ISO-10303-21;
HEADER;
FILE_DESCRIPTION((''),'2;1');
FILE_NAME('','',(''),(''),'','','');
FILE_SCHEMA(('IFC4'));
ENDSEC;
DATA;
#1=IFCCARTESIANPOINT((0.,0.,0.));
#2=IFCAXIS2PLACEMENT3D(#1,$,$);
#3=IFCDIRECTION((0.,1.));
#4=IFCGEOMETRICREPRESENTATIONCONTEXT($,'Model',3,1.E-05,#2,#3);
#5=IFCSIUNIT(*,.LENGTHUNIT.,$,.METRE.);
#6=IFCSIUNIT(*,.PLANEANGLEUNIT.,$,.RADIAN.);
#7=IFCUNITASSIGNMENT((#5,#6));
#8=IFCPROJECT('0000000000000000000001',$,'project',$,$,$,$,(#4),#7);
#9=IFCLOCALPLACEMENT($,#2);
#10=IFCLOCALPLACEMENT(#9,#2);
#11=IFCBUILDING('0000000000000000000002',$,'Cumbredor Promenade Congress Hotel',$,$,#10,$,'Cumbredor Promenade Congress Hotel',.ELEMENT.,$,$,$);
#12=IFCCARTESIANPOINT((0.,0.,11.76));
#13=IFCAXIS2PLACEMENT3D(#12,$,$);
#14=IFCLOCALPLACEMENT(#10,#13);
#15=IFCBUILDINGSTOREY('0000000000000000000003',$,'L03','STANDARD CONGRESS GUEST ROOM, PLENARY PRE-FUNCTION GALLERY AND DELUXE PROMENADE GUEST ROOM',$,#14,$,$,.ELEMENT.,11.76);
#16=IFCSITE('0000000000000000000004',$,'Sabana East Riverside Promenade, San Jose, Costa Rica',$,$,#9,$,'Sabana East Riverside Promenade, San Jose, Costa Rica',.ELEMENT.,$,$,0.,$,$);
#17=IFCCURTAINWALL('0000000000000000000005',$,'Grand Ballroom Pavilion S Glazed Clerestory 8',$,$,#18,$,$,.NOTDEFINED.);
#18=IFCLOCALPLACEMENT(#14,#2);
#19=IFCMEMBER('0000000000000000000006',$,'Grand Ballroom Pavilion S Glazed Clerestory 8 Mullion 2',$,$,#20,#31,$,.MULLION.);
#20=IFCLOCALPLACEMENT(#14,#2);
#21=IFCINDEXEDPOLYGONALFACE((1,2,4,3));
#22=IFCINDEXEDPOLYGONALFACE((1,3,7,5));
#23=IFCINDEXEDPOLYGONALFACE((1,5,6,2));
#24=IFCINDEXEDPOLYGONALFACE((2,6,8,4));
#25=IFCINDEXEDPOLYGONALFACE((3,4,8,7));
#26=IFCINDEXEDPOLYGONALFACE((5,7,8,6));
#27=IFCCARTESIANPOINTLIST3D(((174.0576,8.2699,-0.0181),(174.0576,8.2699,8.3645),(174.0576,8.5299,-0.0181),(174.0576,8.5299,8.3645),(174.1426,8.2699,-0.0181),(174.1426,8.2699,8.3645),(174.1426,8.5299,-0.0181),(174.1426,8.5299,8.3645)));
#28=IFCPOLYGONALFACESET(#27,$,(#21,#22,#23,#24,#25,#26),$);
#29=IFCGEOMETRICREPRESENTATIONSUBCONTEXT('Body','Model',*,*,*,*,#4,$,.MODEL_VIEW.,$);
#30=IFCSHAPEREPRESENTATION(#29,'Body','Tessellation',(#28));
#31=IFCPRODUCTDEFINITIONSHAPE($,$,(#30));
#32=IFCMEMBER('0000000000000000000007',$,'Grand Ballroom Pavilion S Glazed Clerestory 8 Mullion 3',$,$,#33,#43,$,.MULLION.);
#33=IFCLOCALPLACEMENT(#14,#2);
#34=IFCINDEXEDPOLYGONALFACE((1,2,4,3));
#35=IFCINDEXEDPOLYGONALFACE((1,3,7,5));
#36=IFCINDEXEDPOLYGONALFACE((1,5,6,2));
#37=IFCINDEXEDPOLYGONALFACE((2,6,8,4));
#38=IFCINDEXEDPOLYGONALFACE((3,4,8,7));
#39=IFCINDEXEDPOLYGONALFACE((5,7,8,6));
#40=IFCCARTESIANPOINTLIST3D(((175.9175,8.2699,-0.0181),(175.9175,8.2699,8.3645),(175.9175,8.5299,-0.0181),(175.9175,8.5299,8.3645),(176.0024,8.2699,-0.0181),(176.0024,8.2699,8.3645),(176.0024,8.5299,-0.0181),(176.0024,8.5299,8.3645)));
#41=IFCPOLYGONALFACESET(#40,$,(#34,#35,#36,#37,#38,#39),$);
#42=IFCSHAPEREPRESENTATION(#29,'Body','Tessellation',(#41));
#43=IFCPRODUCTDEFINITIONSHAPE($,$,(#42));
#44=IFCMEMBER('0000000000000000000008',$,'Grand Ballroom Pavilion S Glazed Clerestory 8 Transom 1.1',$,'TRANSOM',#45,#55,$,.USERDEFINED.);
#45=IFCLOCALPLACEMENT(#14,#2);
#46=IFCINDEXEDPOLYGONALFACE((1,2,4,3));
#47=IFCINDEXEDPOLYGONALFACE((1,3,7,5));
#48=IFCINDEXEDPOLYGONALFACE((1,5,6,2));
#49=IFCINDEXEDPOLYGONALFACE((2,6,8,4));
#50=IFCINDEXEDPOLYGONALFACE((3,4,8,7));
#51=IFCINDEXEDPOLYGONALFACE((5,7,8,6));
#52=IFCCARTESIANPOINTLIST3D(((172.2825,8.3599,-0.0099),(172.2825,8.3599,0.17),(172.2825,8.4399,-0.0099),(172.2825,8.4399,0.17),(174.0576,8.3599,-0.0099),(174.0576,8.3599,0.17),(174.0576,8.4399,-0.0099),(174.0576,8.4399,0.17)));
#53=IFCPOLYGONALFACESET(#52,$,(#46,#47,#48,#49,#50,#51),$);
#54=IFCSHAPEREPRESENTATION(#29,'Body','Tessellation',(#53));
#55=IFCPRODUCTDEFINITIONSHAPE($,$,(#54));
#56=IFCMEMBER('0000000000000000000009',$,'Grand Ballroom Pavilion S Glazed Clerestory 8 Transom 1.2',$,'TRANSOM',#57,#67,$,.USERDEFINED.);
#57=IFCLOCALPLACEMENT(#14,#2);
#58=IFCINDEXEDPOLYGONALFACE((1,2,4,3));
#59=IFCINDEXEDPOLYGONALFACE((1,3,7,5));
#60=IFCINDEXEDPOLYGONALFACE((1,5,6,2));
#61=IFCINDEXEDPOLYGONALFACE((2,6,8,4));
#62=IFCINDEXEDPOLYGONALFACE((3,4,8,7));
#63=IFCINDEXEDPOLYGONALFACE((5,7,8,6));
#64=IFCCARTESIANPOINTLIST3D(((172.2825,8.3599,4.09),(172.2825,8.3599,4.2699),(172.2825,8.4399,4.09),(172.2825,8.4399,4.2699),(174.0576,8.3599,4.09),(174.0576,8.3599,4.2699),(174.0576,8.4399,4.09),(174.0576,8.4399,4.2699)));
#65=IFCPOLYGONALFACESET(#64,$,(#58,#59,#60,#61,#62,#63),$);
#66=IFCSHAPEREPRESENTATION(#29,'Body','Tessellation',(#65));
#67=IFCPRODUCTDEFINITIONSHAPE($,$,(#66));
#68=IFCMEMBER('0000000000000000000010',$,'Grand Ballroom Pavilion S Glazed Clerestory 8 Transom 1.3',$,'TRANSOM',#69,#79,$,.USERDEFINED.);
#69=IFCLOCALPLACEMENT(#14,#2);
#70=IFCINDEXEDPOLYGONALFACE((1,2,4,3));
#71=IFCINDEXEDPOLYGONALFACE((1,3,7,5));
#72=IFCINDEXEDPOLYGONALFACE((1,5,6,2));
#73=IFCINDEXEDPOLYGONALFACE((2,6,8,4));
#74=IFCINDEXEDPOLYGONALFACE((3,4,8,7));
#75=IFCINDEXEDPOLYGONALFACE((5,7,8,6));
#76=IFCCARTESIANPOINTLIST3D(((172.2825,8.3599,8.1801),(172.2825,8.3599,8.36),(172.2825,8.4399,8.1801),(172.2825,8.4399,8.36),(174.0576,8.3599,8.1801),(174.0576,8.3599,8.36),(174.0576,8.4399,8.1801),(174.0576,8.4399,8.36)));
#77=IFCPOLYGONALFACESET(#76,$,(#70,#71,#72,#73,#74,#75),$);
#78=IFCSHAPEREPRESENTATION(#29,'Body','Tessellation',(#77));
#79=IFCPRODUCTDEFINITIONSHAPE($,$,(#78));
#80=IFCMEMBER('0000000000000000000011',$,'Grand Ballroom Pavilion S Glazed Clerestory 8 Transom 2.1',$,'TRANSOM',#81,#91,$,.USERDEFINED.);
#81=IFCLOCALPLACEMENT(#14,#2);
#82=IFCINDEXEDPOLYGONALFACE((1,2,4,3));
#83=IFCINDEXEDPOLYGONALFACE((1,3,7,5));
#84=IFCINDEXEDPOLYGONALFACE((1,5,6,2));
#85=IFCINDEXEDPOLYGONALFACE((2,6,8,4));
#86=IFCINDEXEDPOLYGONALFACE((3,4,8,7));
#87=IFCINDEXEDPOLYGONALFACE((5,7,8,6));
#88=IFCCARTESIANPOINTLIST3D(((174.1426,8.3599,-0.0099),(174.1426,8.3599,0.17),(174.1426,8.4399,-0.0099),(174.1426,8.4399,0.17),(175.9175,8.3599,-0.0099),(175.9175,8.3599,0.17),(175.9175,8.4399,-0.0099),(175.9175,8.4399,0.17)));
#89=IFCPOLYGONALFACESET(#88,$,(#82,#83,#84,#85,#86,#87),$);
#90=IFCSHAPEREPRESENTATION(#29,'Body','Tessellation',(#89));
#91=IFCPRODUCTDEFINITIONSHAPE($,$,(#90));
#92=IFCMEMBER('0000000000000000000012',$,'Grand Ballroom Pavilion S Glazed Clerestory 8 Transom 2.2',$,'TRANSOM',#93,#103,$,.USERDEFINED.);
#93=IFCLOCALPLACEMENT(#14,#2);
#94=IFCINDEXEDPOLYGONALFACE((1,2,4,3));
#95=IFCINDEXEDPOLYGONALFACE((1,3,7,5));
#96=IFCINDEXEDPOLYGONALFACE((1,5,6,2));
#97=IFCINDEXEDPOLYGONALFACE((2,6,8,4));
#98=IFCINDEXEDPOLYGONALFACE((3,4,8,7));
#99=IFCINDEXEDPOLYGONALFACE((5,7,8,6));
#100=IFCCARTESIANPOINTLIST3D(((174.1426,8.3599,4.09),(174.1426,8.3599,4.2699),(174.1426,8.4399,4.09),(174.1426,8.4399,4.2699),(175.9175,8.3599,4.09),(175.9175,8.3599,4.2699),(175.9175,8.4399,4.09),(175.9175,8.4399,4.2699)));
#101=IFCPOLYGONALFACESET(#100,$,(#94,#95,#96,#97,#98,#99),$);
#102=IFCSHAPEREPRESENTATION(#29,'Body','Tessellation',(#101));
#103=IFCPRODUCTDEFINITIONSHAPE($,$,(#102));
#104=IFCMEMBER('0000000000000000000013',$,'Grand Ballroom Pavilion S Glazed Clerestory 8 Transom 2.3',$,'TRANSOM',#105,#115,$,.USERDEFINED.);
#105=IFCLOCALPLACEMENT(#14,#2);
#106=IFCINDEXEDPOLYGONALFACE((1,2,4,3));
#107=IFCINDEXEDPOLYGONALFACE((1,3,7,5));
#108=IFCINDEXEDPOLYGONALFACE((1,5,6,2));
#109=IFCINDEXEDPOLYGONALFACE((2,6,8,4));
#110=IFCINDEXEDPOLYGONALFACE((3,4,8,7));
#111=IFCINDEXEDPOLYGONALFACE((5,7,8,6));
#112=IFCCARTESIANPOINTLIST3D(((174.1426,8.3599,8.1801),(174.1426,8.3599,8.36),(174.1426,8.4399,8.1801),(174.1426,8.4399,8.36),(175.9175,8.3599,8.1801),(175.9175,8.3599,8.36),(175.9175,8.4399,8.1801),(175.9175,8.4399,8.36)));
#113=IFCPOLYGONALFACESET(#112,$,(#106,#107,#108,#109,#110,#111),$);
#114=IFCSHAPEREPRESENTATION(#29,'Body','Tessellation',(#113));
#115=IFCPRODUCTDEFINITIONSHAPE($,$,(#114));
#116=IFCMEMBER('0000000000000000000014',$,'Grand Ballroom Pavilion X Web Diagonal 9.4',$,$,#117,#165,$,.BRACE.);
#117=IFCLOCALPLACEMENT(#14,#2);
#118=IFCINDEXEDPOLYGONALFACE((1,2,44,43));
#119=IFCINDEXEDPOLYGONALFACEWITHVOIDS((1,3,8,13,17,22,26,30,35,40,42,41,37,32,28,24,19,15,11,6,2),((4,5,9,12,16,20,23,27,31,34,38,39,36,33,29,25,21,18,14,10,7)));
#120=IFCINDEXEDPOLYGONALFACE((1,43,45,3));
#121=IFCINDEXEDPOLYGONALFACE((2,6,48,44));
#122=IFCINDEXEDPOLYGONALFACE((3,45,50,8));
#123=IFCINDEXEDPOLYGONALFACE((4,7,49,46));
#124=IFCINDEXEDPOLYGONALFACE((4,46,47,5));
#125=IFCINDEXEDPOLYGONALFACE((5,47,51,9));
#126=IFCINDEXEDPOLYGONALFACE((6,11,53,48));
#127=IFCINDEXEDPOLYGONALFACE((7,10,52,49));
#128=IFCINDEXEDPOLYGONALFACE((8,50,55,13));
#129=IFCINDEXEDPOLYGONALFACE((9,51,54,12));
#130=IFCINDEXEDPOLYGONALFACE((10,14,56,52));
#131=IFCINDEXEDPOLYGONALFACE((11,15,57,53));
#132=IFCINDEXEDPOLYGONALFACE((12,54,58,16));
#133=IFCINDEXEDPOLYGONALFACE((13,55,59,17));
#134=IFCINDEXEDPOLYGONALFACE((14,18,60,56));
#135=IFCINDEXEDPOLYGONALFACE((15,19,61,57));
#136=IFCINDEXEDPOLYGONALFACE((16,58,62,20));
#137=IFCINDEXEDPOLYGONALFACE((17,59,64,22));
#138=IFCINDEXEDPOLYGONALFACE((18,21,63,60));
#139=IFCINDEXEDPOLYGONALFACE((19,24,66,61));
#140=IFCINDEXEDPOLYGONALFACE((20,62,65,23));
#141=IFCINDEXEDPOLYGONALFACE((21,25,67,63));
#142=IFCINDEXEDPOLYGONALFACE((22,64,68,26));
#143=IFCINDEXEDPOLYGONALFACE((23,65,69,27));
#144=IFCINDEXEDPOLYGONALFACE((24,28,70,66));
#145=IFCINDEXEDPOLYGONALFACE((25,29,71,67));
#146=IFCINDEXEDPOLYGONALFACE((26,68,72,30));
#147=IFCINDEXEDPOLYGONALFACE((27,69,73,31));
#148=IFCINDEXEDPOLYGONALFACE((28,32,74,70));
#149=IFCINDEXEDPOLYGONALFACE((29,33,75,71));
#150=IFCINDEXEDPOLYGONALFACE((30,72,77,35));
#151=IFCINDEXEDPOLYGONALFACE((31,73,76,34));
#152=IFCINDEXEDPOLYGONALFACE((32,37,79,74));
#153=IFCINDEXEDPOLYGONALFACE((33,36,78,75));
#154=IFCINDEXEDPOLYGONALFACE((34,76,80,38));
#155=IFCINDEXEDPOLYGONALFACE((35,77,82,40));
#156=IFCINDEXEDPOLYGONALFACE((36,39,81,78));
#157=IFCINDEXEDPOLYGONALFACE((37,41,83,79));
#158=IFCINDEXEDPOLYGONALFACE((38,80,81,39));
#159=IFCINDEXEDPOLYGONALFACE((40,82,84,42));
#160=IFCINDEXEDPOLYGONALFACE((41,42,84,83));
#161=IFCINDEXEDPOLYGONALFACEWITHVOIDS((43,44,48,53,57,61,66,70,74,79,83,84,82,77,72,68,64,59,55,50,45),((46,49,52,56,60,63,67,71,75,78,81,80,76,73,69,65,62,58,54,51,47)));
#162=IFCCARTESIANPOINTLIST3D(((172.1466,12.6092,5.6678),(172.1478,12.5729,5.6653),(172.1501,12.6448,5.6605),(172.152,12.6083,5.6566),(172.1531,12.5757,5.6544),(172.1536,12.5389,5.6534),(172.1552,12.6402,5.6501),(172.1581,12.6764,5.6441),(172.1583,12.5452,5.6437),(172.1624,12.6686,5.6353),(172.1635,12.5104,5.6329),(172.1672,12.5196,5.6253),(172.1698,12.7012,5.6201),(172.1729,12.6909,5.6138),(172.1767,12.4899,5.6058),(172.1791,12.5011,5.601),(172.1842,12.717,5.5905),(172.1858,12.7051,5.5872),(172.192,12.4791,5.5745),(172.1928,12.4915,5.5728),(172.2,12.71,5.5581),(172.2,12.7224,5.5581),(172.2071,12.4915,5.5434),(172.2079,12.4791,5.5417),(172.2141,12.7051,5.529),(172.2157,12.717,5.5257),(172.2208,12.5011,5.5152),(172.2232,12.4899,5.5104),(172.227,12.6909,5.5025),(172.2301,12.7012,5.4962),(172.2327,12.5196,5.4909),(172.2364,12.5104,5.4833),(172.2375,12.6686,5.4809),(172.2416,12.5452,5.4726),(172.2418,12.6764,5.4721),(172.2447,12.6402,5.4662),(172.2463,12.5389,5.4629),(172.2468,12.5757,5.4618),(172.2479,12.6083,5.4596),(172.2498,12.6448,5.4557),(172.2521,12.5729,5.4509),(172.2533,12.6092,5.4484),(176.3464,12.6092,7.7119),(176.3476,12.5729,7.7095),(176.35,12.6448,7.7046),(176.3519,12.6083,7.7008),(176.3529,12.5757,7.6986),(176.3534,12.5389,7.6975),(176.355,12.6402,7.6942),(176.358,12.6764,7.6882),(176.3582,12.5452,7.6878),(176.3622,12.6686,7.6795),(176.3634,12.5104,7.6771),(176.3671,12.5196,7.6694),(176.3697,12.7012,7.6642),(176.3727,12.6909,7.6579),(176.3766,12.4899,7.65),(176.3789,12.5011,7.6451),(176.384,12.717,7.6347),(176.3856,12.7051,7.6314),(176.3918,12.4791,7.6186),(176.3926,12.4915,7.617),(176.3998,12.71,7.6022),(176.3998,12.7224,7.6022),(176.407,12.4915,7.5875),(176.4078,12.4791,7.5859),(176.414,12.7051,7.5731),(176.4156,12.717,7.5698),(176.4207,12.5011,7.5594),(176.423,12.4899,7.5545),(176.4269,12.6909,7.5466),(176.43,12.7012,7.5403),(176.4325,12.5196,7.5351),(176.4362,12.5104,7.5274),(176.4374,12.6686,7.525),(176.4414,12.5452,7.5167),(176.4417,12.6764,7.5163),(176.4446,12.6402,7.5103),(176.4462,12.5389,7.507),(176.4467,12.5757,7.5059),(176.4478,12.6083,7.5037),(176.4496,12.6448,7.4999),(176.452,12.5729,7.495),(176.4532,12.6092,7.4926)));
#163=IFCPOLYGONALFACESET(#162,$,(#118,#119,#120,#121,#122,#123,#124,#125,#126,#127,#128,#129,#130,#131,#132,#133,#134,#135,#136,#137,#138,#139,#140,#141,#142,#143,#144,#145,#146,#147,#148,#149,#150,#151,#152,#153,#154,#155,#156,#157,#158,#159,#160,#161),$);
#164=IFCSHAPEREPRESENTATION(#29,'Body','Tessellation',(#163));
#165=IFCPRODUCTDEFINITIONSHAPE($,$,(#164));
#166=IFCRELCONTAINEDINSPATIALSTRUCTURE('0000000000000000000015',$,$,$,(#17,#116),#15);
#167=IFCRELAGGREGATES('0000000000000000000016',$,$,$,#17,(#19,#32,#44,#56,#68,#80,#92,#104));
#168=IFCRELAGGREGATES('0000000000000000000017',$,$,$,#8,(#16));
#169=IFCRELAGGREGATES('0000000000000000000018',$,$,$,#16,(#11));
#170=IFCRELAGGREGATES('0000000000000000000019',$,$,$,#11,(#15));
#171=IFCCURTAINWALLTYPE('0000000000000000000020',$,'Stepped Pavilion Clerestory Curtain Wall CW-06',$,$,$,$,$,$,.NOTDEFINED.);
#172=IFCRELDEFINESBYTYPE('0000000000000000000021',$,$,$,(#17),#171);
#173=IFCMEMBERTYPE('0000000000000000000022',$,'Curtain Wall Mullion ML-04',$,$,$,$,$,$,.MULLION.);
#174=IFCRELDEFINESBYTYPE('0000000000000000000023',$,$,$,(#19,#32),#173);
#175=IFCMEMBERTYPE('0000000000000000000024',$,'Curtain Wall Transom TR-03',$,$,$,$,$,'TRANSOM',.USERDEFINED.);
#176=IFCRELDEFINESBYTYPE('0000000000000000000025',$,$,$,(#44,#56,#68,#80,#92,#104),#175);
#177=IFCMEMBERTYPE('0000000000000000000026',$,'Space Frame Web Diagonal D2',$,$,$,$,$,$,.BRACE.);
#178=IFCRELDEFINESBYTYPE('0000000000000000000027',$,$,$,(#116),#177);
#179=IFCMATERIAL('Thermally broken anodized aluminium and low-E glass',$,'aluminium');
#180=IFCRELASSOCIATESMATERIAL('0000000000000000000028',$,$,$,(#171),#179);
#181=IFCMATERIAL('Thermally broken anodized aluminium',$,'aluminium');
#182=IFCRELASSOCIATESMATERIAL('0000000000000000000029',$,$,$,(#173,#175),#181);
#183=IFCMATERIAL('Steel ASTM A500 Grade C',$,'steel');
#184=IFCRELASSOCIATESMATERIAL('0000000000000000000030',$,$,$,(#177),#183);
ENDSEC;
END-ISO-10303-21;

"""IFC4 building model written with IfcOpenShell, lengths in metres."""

from ifc_helpers import new_model, si_unit, direction, frame, origin, origin_2d, place, context, subcontext, project, spatial, rectangle, hollow_circle, extrude, material, material_profile, profile_set, type_object, element, aggregate, save


model = new_model("IFC4")

# Units and contexts
model_context = context("Model", 3, precision=1e-05, world=origin(), true_north=direction((0.0, 1.0)))
body_context = subcontext(model_context, "Body", "Model", "MODEL_VIEW")
ifc_project = project(units=[si_unit("LENGTHUNIT", "METRE"), si_unit("PLANEANGLEUNIT", "RADIAN")], contexts=[model_context])

# Site, building, storey
site_placement = place(None, origin())
site = spatial("IfcSite", under=ifc_project, at=site_placement, Name="Sabana East Riverside Promenade, San Jose, Costa Rica", LongName="Sabana East Riverside Promenade, San Jose, Costa Rica", CompositionType="ELEMENT", RefElevation=0.0)
building_placement = place(site_placement, origin())
building = spatial("IfcBuilding", under=site, at=building_placement, Name="Cumbredor Promenade Congress Hotel", LongName="Cumbredor Promenade Congress Hotel", CompositionType="ELEMENT")
storey_placement = place(building_placement, frame((0.0, 0.0, 11.76)))
storey = spatial("IfcBuildingStorey", under=building, at=storey_placement, Name="L03", Description="STANDARD CONGRESS GUEST ROOM, PLENARY PRE-FUNCTION GALLERY AND DELUXE PROMENADE GUEST ROOM", CompositionType="ELEMENT", Elevation=11.76)

# Shared definitions
ifc_material_1 = material(Name="Steel ASTM A500 Grade C", Category="steel")

# Curtain wall, members
ifc_material_2 = material(Name="Thermally broken anodized aluminium and low-E glass", Category="aluminium")
curtain_wall_type = type_object("IfcCurtainWallType", Name="Stepped Pavilion Clerestory Curtain Wall CW-06", PredefinedType="NOTDEFINED", material=ifc_material_2)
curtain_wall_placement = place(storey_placement, origin())
curtain_wall = element("IfcCurtainWall", 1, at=curtain_wall_placement, inside=storey, type_object=curtain_wall_type, Name="Grand Ballroom Pavilion S Glazed Clerestory 8", PredefinedType="NOTDEFINED")
ifc_material_3 = material(Name="Thermally broken anodized aluminium", Category="aluminium")
ifc_material_profile_1 = material_profile(ifc_material_3, rectangle(XDim=0.085, YDim=0.26, at=origin_2d()), Name="ALU MULLION CLERESTORY 85x260")
ifc_profile_set_1 = profile_set([ifc_material_profile_1], Name="Thermally broken anodized aluminium")
member_type_1 = type_object("IfcMemberType", Name="Curtain Wall Mullion ML-04", PredefinedType="MULLION", material=ifc_profile_set_1)
member_1_placement = place(storey_placement, frame((174.1001, 8.3999, -0.0181), z_axis=(0.0, 0.0, 1.0), x_axis=(1.0, 0.0, 0.0)))
member_1 = element("IfcMember", 2, at=member_1_placement, type_object=member_type_1, Name="Grand Ballroom Pavilion S Glazed Clerestory 8 Mullion 2", PredefinedType="MULLION", context=body_context, shape_type="SweptSolid", body=[
    extrude(rectangle(XDim=0.085, YDim=0.26, at=origin_2d()), origin(), (0.0, 0.0, 1.0), 8.3826),
])
member_2_placement = place(storey_placement, frame((175.96, 8.3999, -0.0181), z_axis=(0.0, 0.0, 1.0), x_axis=(1.0, 0.0, 0.0)))
member_2 = element("IfcMember", 3, at=member_2_placement, type_object=member_type_1, Name="Grand Ballroom Pavilion S Glazed Clerestory 8 Mullion 3", PredefinedType="MULLION", context=body_context, shape_type="SweptSolid", body=[
    extrude(rectangle(XDim=0.085, YDim=0.26, at=origin_2d()), origin(), (0.0, 0.0, 1.0), 8.3826),
])
ifc_material_profile_2 = material_profile(ifc_material_3, rectangle(XDim=0.0801, YDim=0.1799, at=origin_2d()), Name="ALU TRANSOM 80x180")
ifc_profile_set_2 = profile_set([ifc_material_profile_2], Name="Thermally broken anodized aluminium")
member_type_2 = type_object("IfcMemberType", Name="Curtain Wall Transom TR-03", ElementType="TRANSOM", PredefinedType="USERDEFINED", material=ifc_profile_set_2)
member_3_placement = place(storey_placement, frame((172.2825, 8.3999, 0.0801), z_axis=(1.0, 0.0, 0.0), x_axis=(0.0, 1.0, 0.0)))
member_3 = element("IfcMember", 4, at=member_3_placement, type_object=member_type_2, Name="Grand Ballroom Pavilion S Glazed Clerestory 8 Transom 1.1", ObjectType="TRANSOM", PredefinedType="USERDEFINED", context=body_context, shape_type="SweptSolid", body=[
    extrude(rectangle(XDim=0.0801, YDim=0.1799, at=origin_2d()), origin(), (0.0, 0.0, 1.0), 1.7751),
])
member_4_placement = place(storey_placement, frame((172.2825, 8.3999, 4.1799), z_axis=(1.0, 0.0, 0.0), x_axis=(0.0, 1.0, 0.0)))
member_4 = element("IfcMember", 5, at=member_4_placement, type_object=member_type_2, Name="Grand Ballroom Pavilion S Glazed Clerestory 8 Transom 1.2", ObjectType="TRANSOM", PredefinedType="USERDEFINED", context=body_context, shape_type="SweptSolid", body=[
    extrude(rectangle(XDim=0.0801, YDim=0.1799, at=origin_2d()), origin(), (0.0, 0.0, 1.0), 1.7751),
])
member_5_placement = place(storey_placement, frame((172.2825, 8.3999, 8.27), z_axis=(1.0, 0.0, 0.0), x_axis=(0.0, 1.0, 0.0)))
member_5 = element("IfcMember", 6, at=member_5_placement, type_object=member_type_2, Name="Grand Ballroom Pavilion S Glazed Clerestory 8 Transom 1.3", ObjectType="TRANSOM", PredefinedType="USERDEFINED", context=body_context, shape_type="SweptSolid", body=[
    extrude(rectangle(XDim=0.0801, YDim=0.1799, at=origin_2d()), origin(), (0.0, 0.0, 1.0), 1.7751),
])
member_6_placement = place(storey_placement, frame((174.1426, 8.3999, 0.0801), z_axis=(1.0, 0.0, 0.0), x_axis=(0.0, 1.0, 0.0)))
member_6 = element("IfcMember", 7, at=member_6_placement, type_object=member_type_2, Name="Grand Ballroom Pavilion S Glazed Clerestory 8 Transom 2.1", ObjectType="TRANSOM", PredefinedType="USERDEFINED", context=body_context, shape_type="SweptSolid", body=[
    extrude(rectangle(XDim=0.0801, YDim=0.1799, at=origin_2d()), origin(), (0.0, 0.0, 1.0), 1.7749),
])
member_7_placement = place(storey_placement, frame((174.1426, 8.3999, 4.1799), z_axis=(1.0, 0.0, 0.0), x_axis=(0.0, 1.0, 0.0)))
member_7 = element("IfcMember", 8, at=member_7_placement, type_object=member_type_2, Name="Grand Ballroom Pavilion S Glazed Clerestory 8 Transom 2.2", ObjectType="TRANSOM", PredefinedType="USERDEFINED", context=body_context, shape_type="SweptSolid", body=[
    extrude(rectangle(XDim=0.0801, YDim=0.1799, at=origin_2d()), origin(), (0.0, 0.0, 1.0), 1.7749),
])
member_8_placement = place(storey_placement, frame((174.1426, 8.3999, 8.27), z_axis=(1.0, 0.0, 0.0), x_axis=(0.0, 1.0, 0.0)))
member_8 = element("IfcMember", 9, at=member_8_placement, type_object=member_type_2, Name="Grand Ballroom Pavilion S Glazed Clerestory 8 Transom 2.3", ObjectType="TRANSOM", PredefinedType="USERDEFINED", context=body_context, shape_type="SweptSolid", body=[
    extrude(rectangle(XDim=0.0801, YDim=0.1799, at=origin_2d()), origin(), (0.0, 0.0, 1.0), 1.7749),
])

# Member
ifc_material_profile_3 = material_profile(ifc_material_1, hollow_circle(Radius=0.1223, WallThickness=0.0125, at=origin_2d()), Name="CHS 244.5x12.5")
ifc_profile_set_3 = profile_set([ifc_material_profile_3], Name="Steel ASTM A500 Grade C")
member_type_3 = type_object("IfcMemberType", Name="Space Frame Web Diagonal D2", PredefinedType="BRACE", material=ifc_profile_set_3)
member_9_placement = place(storey_placement, frame((172.2, 12.6001, 5.5581), z_axis=(0.899153, 0.0, 0.437634), x_axis=(0.0, 1.0, 0.0)))
element("IfcMember", 10, at=member_9_placement, inside=storey, type_object=member_type_3, Name="Grand Ballroom Pavilion X Web Diagonal 9.4", PredefinedType="BRACE", context=body_context, shape_type="SweptSolid", body=[
    extrude(hollow_circle(Radius=0.1223, WallThickness=0.0125, at=origin_2d()), origin(), (0.0, 0.0, 1.0), 4.6709),
])

aggregate(curtain_wall, [member_1, member_2, member_3, member_4, member_5, member_6, member_7, member_8])

save(model, "model.ifc")
